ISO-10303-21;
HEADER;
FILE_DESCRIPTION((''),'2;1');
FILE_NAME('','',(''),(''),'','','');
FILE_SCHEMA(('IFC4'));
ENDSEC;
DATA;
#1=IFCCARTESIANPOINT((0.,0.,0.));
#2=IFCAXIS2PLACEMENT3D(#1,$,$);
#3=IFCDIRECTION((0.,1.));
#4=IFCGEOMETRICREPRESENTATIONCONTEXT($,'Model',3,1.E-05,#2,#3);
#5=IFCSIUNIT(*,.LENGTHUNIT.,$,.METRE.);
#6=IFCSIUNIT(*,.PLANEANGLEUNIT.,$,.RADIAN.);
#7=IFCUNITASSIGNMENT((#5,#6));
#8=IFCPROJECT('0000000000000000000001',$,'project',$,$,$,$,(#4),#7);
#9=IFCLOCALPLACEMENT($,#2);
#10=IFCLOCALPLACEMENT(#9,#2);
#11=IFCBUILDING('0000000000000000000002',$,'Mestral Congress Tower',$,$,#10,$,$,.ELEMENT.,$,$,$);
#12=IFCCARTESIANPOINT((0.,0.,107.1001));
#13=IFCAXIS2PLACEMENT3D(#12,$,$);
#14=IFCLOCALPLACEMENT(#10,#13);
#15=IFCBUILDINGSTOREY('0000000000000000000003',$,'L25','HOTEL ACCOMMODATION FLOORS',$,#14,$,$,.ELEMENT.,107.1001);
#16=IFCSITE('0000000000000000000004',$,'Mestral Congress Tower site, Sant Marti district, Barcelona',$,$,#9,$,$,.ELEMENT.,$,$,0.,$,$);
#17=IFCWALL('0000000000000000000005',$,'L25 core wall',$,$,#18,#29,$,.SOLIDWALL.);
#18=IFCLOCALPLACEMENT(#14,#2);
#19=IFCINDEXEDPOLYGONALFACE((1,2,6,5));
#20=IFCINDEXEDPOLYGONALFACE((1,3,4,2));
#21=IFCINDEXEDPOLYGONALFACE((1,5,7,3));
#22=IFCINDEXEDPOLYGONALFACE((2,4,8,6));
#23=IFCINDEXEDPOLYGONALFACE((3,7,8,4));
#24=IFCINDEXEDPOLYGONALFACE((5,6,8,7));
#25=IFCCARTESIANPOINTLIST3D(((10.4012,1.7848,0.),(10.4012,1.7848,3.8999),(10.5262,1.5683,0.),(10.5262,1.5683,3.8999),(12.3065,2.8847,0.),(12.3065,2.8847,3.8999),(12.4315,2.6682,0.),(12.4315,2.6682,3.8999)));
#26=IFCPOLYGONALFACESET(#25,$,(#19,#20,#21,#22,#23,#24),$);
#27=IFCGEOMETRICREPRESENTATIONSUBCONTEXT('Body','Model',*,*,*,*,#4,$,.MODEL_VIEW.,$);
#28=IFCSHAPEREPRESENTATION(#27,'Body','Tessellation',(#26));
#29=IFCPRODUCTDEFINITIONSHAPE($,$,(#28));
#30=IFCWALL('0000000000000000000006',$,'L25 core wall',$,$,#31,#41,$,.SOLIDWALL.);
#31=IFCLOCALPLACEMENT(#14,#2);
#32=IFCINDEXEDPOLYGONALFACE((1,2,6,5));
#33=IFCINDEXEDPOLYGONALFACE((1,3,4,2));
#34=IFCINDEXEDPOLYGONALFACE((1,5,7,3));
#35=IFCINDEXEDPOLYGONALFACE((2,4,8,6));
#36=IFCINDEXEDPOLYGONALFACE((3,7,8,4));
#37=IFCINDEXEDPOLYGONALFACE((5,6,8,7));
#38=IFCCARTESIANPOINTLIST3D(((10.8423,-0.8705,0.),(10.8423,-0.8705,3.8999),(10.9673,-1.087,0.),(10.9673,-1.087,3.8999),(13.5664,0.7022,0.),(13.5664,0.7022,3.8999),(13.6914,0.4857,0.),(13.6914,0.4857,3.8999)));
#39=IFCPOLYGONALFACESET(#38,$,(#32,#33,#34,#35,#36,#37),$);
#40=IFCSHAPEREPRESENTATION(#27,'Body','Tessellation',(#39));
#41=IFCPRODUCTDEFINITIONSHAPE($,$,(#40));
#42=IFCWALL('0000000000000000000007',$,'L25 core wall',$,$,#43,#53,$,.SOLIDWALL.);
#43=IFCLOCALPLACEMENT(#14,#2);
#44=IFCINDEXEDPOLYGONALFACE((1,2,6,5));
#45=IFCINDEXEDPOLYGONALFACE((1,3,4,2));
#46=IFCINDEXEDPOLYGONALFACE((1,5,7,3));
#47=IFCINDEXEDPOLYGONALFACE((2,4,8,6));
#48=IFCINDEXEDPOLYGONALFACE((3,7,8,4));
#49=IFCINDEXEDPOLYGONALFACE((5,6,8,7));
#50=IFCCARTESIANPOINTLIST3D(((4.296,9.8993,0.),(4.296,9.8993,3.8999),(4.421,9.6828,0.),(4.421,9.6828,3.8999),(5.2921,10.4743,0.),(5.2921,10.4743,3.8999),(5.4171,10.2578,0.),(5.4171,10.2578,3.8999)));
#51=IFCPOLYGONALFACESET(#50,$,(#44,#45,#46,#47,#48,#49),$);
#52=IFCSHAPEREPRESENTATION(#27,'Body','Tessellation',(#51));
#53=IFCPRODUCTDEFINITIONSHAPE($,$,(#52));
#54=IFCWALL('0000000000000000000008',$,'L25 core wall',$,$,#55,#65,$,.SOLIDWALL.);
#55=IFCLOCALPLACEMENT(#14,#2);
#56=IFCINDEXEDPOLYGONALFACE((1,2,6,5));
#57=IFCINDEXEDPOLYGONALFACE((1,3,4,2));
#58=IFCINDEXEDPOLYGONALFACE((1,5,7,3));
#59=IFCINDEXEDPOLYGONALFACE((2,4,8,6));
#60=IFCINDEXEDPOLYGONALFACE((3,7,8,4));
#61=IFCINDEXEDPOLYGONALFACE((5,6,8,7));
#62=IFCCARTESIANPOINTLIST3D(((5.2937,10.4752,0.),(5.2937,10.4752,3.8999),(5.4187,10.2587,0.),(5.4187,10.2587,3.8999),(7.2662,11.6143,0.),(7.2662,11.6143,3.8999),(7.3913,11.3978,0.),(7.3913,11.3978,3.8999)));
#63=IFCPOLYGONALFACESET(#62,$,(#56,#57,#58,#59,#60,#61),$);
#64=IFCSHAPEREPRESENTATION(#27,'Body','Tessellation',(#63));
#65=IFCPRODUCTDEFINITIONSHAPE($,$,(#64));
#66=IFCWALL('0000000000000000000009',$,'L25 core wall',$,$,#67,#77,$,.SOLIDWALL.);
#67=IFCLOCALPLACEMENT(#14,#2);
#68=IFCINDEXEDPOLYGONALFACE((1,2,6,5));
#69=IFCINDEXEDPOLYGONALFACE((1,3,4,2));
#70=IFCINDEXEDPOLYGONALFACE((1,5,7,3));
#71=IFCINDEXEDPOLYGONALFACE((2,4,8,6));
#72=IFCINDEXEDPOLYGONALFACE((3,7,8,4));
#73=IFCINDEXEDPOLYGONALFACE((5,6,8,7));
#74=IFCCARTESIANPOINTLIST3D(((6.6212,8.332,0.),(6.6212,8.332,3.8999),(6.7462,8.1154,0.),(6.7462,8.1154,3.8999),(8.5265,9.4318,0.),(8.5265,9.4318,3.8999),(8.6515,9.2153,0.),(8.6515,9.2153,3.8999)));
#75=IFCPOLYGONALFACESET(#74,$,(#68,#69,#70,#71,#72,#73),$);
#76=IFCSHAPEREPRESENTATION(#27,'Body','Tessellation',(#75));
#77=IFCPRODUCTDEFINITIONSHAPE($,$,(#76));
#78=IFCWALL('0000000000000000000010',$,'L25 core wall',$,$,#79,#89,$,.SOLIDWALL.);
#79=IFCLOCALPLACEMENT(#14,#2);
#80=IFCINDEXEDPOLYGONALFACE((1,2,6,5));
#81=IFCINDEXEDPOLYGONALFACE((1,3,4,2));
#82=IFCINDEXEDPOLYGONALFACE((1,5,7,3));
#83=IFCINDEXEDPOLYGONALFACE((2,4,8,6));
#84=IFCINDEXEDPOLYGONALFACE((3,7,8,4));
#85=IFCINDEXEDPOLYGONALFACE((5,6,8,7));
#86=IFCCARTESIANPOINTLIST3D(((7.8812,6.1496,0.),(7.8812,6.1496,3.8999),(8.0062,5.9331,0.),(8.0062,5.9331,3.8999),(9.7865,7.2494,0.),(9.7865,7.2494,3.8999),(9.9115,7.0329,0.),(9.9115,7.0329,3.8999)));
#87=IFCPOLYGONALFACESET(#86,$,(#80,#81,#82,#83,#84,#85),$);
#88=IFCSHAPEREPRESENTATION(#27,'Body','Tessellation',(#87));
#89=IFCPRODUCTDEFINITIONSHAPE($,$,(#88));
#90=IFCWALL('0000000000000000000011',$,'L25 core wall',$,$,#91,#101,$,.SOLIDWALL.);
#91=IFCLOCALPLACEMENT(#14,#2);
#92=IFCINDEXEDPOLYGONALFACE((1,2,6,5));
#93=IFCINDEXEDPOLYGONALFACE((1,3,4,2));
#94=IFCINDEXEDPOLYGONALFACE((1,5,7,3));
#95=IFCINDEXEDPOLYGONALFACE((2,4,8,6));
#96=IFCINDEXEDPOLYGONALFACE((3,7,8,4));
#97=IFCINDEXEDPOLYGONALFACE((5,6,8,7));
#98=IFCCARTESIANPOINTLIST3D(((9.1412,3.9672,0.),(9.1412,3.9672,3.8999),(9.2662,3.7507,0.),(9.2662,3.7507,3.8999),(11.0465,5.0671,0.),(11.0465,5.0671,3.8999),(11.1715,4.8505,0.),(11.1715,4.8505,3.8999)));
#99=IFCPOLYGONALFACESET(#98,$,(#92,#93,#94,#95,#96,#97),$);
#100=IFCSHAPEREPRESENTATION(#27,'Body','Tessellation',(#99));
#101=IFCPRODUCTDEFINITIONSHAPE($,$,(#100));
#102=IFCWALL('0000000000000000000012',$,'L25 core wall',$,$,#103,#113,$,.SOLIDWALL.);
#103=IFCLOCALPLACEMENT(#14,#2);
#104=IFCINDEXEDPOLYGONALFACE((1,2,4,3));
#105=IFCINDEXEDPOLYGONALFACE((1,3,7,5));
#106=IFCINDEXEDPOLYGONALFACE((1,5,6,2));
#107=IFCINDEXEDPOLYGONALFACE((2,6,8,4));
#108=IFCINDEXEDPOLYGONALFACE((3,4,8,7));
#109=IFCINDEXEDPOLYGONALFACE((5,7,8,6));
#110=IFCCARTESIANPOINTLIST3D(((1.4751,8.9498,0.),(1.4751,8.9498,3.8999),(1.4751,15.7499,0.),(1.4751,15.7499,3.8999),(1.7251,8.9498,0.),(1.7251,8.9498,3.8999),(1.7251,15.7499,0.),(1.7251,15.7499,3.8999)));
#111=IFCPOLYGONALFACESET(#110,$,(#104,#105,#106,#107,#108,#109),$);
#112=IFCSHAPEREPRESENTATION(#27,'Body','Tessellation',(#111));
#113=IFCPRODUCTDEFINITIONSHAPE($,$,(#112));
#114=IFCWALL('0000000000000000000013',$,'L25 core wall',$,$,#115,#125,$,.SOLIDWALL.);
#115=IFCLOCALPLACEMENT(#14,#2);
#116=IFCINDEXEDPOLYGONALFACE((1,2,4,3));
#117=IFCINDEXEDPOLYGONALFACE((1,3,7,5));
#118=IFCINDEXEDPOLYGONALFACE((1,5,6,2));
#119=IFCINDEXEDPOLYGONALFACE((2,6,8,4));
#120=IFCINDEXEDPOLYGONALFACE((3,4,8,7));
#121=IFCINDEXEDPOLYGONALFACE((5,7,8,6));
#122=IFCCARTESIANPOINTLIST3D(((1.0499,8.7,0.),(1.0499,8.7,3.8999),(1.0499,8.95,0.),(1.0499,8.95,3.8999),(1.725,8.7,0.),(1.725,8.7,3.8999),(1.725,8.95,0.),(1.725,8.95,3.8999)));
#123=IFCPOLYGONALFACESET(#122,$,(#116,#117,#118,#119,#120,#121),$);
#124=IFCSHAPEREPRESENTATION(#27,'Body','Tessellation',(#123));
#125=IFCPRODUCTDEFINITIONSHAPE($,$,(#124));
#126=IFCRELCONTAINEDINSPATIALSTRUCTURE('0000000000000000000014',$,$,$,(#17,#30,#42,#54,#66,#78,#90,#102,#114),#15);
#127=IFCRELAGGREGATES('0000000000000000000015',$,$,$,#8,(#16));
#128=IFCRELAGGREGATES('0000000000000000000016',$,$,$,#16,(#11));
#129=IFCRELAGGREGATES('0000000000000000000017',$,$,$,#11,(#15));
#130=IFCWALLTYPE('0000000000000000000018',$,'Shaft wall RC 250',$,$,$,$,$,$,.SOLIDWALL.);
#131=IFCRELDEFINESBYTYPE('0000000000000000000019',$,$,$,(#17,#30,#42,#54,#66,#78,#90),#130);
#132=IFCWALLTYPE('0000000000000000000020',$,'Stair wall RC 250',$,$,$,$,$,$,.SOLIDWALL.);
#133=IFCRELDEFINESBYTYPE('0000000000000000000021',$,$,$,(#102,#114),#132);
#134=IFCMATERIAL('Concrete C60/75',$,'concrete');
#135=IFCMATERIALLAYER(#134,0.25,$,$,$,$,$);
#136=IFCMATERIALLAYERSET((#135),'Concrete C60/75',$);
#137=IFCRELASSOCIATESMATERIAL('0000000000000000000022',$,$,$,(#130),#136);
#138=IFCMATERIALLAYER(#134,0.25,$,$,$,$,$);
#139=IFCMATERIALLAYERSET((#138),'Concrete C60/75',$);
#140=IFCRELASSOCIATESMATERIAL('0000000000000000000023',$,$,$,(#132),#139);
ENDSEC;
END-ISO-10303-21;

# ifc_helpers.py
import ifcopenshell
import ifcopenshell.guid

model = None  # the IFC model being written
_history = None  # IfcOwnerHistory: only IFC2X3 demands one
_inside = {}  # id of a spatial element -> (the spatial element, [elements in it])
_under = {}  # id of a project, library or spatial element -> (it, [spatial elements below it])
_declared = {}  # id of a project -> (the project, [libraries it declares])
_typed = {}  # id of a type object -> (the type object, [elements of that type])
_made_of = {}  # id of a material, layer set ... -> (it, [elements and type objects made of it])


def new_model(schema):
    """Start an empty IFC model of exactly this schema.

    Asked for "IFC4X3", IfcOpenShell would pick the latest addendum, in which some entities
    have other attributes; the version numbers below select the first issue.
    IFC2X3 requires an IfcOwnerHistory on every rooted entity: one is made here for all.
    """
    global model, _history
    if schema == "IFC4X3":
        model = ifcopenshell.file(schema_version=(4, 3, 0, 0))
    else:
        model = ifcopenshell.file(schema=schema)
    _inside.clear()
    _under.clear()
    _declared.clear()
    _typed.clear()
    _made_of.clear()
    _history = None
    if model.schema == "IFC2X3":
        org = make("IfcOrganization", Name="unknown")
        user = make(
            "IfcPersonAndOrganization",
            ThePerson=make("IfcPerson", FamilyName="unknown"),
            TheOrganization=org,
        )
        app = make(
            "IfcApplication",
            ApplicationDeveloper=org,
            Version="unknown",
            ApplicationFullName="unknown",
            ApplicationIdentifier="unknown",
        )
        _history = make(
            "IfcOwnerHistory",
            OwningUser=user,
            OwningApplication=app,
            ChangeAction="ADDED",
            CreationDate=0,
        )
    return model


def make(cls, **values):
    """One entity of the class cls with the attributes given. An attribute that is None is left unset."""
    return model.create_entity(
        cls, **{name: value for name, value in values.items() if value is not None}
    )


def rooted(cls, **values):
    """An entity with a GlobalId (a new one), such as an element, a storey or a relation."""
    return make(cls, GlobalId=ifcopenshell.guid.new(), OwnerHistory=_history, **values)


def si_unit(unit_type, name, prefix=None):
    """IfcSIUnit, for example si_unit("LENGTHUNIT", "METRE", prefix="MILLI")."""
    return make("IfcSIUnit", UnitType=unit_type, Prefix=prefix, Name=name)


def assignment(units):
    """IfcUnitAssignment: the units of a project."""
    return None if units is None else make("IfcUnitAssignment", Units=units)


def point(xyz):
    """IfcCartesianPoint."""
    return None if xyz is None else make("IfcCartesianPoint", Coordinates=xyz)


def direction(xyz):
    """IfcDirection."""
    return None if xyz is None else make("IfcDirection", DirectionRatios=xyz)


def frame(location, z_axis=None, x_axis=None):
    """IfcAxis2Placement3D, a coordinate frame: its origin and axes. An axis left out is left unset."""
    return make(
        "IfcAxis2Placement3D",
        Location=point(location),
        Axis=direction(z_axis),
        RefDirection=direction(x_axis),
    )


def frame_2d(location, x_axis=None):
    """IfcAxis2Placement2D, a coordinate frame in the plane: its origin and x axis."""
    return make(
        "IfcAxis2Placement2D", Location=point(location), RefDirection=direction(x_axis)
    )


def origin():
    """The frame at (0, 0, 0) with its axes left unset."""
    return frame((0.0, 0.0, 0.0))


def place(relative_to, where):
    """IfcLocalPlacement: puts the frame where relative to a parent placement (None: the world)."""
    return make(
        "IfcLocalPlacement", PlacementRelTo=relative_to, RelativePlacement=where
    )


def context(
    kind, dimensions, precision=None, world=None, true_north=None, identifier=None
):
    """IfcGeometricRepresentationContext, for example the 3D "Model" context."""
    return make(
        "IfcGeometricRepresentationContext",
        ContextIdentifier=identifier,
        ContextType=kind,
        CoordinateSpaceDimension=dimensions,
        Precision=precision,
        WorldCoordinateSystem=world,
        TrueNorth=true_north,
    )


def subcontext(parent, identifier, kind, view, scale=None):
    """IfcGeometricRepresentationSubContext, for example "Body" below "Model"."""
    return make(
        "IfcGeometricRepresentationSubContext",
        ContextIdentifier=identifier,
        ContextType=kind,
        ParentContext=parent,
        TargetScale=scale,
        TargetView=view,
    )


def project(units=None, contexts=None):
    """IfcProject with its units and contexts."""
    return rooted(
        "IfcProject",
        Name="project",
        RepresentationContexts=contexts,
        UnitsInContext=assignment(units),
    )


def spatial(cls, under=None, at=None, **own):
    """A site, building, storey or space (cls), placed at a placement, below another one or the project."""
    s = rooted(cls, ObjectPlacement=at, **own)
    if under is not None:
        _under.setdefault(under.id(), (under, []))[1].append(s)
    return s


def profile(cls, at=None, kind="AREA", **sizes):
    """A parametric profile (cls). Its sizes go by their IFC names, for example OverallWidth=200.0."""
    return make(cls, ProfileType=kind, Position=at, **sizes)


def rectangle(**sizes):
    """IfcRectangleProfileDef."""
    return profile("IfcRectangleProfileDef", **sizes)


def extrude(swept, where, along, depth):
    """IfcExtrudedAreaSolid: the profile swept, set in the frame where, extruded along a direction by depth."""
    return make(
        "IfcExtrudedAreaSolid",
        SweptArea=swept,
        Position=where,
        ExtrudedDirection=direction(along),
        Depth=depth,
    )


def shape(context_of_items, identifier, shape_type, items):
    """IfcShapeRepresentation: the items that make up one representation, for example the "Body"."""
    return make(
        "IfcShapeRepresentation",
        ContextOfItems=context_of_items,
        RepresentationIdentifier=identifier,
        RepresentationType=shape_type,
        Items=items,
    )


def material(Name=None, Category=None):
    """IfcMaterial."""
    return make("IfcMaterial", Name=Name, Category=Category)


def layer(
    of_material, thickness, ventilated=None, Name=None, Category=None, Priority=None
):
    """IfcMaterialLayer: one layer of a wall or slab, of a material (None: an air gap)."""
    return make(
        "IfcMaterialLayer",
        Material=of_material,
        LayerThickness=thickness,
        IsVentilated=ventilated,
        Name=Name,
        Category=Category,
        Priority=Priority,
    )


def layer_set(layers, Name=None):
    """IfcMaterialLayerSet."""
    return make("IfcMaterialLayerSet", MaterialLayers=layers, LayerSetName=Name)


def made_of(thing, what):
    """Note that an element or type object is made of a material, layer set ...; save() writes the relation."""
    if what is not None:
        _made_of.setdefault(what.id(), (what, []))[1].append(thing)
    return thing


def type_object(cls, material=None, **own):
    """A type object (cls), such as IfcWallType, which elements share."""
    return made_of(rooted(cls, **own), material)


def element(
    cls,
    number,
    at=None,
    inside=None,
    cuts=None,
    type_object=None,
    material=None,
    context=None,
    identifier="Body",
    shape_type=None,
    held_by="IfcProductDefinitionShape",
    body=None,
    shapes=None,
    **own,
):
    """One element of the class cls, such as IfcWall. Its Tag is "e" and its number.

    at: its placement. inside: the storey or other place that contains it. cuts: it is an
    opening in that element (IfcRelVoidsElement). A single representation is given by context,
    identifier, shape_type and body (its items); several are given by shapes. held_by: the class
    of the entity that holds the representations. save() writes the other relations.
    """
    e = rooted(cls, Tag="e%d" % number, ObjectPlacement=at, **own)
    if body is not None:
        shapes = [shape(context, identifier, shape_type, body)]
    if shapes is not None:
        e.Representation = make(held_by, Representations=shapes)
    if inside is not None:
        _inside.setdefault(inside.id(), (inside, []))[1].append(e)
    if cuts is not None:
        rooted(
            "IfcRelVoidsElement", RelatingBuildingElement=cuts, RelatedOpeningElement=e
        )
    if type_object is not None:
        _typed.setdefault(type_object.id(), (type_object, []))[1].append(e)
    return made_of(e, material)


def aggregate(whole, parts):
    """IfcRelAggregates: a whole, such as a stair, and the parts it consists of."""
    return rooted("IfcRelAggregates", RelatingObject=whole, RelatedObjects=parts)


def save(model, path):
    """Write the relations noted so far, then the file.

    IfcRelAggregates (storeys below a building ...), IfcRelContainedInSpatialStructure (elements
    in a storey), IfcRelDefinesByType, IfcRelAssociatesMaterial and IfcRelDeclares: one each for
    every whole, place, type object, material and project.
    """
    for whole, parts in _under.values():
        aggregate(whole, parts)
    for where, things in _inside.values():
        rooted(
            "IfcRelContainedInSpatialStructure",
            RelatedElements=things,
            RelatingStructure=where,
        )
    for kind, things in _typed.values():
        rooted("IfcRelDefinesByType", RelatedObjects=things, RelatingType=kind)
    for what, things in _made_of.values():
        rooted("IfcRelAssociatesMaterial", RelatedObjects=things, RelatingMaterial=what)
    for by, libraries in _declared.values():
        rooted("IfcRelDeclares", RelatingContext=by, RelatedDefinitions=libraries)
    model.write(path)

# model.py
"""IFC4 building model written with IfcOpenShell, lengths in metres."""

from ifc_helpers import new_model, si_unit, direction, frame, frame_2d, origin, place, context, subcontext, project, spatial, rectangle, extrude, material, layer, layer_set, type_object, element, save


model = new_model("IFC4")

# Units and contexts
model_context = context("Model", 3, precision=1e-05, world=origin(), true_north=direction((0.0, 1.0)))
body_context = subcontext(model_context, "Body", "Model", "MODEL_VIEW")
ifc_project = project(units=[si_unit("LENGTHUNIT", "METRE"), si_unit("PLANEANGLEUNIT", "RADIAN")], contexts=[model_context])

# Site, building, storey
site_placement = place(None, origin())
site = spatial("IfcSite", under=ifc_project, at=site_placement, Name="Mestral Congress Tower site, Sant Marti district, Barcelona", CompositionType="ELEMENT", RefElevation=0.0)
building_placement = place(site_placement, origin())
building = spatial("IfcBuilding", under=site, at=building_placement, Name="Mestral Congress Tower", CompositionType="ELEMENT")
storey_placement = place(building_placement, frame((0.0, 0.0, 107.1001)))
storey = spatial("IfcBuildingStorey", under=building, at=storey_placement, Name="L25", Description="HOTEL ACCOMMODATION FLOORS", CompositionType="ELEMENT", Elevation=107.1001)

# Walls
ifc_material_1 = material(Name="Concrete C60/75", Category="concrete")
ifc_layer_1 = layer(ifc_material_1, 0.25)
ifc_layer_set_1 = layer_set([ifc_layer_1], Name="Concrete C60/75")
wall_type_1 = type_object("IfcWallType", Name="Shaft wall RC 250", PredefinedType="SOLIDWALL", material=ifc_layer_set_1)
wall_1_placement = place(storey_placement, frame((10.4636, 1.6765, 0.0), z_axis=(0.0, 0.0, 1.0), x_axis=(0.866056, 0.499947, 0.0)))
element("IfcWall", 1, at=wall_1_placement, inside=storey, type_object=wall_type_1, Name="L25 core wall", PredefinedType="SOLIDWALL", context=body_context, shape_type="SweptSolid", body=[
    extrude(rectangle(XDim=2.2, YDim=0.25, at=frame_2d((1.1001, 0.0))), origin(), (0.0, 0.0, 1.0), 3.8999),
])
wall_2_placement = place(storey_placement, frame((13.6289, 0.594, 0.0), z_axis=(0.0, 0.0, 1.0), x_axis=(-0.866028, -0.499996, 0.0)))
element("IfcWall", 2, at=wall_2_placement, inside=storey, type_object=wall_type_1, Name="L25 core wall", PredefinedType="SOLIDWALL", context=body_context, shape_type="SweptSolid", body=[
    extrude(rectangle(XDim=3.1455, YDim=0.25, at=frame_2d((1.5728, 0.0))), origin(), (0.0, 0.0, 1.0), 3.8999),
])
wall_3_placement = place(storey_placement, frame((4.3584, 9.791, 0.0), z_axis=(0.0, 0.0, 1.0), x_axis=(0.86608, 0.499906, 0.0)))
element("IfcWall", 3, at=wall_3_placement, inside=storey, type_object=wall_type_1, Name="L25 core wall", PredefinedType="SOLIDWALL", context=body_context, shape_type="SweptSolid", body=[
    extrude(rectangle(XDim=1.1501, YDim=0.25, at=frame_2d((0.5752, 0.0))), origin(), (0.0, 0.0, 1.0), 3.8999),
])
wall_4_placement = place(storey_placement, frame((5.3562, 10.3669, 0.0), z_axis=(0.0, 0.0, 1.0), x_axis=(0.865979, 0.500081, 0.0)))
element("IfcWall", 4, at=wall_4_placement, inside=storey, type_object=wall_type_1, Name="L25 core wall", PredefinedType="SOLIDWALL", context=body_context, shape_type="SweptSolid", body=[
    extrude(rectangle(XDim=2.2778, YDim=0.25, at=frame_2d((1.1389, 0.0))), origin(), (0.0, 0.0, 1.0), 3.8999),
])
for number, where, z_axis, x_axis, name in (
    (5, (6.6836, 8.2236, 0.0), (0.0, 0.0, 1.0), (0.866056, 0.499947, 0.0), "L25 core wall"),
    (6, (7.9436, 6.0413, 0.0), (0.0, 0.0, 1.0), (0.866056, 0.499947, 0.0), "L25 core wall"),
    (7, (9.2036, 3.8589, 0.0), (0.0, 0.0, 1.0), (0.866056, 0.499947, 0.0), "L25 core wall"),
):
    element("IfcWall", number, at=place(storey_placement, frame(where, z_axis=z_axis, x_axis=x_axis)), inside=storey, type_object=wall_type_1, Name=name, PredefinedType="SOLIDWALL", context=body_context, shape_type="SweptSolid", body=[
        extrude(rectangle(XDim=2.2, YDim=0.25, at=frame_2d((1.1001, 0.0))), origin(), (0.0, 0.0, 1.0), 3.8999),
    ])
ifc_layer_2 = layer(ifc_material_1, 0.25)
ifc_layer_set_2 = layer_set([ifc_layer_2], Name="Concrete C60/75")
wall_type_2 = type_object("IfcWallType", Name="Stair wall RC 250", PredefinedType="SOLIDWALL", material=ifc_layer_set_2)
wall_5_placement = place(storey_placement, frame((1.6001, 8.95, 0.0), z_axis=(0.0, 0.0, 1.0), x_axis=(0.0, 1.0, 0.0)))
element("IfcWall", 8, at=wall_5_placement, inside=storey, type_object=wall_type_2, Name="L25 core wall", PredefinedType="SOLIDWALL", context=body_context, shape_type="SweptSolid", body=[
    extrude(rectangle(XDim=6.8, YDim=0.25, at=frame_2d((3.3999, 0.0))), origin(), (0.0, 0.0, 1.0), 3.8999),
])
wall_6_placement = place(storey_placement, frame((1.05, 8.825, 0.0), z_axis=(0.0, 0.0, 1.0), x_axis=(1.0, 0.0, 0.0)))
element("IfcWall", 9, at=wall_6_placement, inside=storey, type_object=wall_type_2, Name="L25 core wall", PredefinedType="SOLIDWALL", context=body_context, shape_type="SweptSolid", body=[
    extrude(rectangle(XDim=0.675, YDim=0.25, at=frame_2d((0.3374, 0.0))), origin(), (0.0, 0.0, 1.0), 3.8999),
])

save(model, "model.ifc")
